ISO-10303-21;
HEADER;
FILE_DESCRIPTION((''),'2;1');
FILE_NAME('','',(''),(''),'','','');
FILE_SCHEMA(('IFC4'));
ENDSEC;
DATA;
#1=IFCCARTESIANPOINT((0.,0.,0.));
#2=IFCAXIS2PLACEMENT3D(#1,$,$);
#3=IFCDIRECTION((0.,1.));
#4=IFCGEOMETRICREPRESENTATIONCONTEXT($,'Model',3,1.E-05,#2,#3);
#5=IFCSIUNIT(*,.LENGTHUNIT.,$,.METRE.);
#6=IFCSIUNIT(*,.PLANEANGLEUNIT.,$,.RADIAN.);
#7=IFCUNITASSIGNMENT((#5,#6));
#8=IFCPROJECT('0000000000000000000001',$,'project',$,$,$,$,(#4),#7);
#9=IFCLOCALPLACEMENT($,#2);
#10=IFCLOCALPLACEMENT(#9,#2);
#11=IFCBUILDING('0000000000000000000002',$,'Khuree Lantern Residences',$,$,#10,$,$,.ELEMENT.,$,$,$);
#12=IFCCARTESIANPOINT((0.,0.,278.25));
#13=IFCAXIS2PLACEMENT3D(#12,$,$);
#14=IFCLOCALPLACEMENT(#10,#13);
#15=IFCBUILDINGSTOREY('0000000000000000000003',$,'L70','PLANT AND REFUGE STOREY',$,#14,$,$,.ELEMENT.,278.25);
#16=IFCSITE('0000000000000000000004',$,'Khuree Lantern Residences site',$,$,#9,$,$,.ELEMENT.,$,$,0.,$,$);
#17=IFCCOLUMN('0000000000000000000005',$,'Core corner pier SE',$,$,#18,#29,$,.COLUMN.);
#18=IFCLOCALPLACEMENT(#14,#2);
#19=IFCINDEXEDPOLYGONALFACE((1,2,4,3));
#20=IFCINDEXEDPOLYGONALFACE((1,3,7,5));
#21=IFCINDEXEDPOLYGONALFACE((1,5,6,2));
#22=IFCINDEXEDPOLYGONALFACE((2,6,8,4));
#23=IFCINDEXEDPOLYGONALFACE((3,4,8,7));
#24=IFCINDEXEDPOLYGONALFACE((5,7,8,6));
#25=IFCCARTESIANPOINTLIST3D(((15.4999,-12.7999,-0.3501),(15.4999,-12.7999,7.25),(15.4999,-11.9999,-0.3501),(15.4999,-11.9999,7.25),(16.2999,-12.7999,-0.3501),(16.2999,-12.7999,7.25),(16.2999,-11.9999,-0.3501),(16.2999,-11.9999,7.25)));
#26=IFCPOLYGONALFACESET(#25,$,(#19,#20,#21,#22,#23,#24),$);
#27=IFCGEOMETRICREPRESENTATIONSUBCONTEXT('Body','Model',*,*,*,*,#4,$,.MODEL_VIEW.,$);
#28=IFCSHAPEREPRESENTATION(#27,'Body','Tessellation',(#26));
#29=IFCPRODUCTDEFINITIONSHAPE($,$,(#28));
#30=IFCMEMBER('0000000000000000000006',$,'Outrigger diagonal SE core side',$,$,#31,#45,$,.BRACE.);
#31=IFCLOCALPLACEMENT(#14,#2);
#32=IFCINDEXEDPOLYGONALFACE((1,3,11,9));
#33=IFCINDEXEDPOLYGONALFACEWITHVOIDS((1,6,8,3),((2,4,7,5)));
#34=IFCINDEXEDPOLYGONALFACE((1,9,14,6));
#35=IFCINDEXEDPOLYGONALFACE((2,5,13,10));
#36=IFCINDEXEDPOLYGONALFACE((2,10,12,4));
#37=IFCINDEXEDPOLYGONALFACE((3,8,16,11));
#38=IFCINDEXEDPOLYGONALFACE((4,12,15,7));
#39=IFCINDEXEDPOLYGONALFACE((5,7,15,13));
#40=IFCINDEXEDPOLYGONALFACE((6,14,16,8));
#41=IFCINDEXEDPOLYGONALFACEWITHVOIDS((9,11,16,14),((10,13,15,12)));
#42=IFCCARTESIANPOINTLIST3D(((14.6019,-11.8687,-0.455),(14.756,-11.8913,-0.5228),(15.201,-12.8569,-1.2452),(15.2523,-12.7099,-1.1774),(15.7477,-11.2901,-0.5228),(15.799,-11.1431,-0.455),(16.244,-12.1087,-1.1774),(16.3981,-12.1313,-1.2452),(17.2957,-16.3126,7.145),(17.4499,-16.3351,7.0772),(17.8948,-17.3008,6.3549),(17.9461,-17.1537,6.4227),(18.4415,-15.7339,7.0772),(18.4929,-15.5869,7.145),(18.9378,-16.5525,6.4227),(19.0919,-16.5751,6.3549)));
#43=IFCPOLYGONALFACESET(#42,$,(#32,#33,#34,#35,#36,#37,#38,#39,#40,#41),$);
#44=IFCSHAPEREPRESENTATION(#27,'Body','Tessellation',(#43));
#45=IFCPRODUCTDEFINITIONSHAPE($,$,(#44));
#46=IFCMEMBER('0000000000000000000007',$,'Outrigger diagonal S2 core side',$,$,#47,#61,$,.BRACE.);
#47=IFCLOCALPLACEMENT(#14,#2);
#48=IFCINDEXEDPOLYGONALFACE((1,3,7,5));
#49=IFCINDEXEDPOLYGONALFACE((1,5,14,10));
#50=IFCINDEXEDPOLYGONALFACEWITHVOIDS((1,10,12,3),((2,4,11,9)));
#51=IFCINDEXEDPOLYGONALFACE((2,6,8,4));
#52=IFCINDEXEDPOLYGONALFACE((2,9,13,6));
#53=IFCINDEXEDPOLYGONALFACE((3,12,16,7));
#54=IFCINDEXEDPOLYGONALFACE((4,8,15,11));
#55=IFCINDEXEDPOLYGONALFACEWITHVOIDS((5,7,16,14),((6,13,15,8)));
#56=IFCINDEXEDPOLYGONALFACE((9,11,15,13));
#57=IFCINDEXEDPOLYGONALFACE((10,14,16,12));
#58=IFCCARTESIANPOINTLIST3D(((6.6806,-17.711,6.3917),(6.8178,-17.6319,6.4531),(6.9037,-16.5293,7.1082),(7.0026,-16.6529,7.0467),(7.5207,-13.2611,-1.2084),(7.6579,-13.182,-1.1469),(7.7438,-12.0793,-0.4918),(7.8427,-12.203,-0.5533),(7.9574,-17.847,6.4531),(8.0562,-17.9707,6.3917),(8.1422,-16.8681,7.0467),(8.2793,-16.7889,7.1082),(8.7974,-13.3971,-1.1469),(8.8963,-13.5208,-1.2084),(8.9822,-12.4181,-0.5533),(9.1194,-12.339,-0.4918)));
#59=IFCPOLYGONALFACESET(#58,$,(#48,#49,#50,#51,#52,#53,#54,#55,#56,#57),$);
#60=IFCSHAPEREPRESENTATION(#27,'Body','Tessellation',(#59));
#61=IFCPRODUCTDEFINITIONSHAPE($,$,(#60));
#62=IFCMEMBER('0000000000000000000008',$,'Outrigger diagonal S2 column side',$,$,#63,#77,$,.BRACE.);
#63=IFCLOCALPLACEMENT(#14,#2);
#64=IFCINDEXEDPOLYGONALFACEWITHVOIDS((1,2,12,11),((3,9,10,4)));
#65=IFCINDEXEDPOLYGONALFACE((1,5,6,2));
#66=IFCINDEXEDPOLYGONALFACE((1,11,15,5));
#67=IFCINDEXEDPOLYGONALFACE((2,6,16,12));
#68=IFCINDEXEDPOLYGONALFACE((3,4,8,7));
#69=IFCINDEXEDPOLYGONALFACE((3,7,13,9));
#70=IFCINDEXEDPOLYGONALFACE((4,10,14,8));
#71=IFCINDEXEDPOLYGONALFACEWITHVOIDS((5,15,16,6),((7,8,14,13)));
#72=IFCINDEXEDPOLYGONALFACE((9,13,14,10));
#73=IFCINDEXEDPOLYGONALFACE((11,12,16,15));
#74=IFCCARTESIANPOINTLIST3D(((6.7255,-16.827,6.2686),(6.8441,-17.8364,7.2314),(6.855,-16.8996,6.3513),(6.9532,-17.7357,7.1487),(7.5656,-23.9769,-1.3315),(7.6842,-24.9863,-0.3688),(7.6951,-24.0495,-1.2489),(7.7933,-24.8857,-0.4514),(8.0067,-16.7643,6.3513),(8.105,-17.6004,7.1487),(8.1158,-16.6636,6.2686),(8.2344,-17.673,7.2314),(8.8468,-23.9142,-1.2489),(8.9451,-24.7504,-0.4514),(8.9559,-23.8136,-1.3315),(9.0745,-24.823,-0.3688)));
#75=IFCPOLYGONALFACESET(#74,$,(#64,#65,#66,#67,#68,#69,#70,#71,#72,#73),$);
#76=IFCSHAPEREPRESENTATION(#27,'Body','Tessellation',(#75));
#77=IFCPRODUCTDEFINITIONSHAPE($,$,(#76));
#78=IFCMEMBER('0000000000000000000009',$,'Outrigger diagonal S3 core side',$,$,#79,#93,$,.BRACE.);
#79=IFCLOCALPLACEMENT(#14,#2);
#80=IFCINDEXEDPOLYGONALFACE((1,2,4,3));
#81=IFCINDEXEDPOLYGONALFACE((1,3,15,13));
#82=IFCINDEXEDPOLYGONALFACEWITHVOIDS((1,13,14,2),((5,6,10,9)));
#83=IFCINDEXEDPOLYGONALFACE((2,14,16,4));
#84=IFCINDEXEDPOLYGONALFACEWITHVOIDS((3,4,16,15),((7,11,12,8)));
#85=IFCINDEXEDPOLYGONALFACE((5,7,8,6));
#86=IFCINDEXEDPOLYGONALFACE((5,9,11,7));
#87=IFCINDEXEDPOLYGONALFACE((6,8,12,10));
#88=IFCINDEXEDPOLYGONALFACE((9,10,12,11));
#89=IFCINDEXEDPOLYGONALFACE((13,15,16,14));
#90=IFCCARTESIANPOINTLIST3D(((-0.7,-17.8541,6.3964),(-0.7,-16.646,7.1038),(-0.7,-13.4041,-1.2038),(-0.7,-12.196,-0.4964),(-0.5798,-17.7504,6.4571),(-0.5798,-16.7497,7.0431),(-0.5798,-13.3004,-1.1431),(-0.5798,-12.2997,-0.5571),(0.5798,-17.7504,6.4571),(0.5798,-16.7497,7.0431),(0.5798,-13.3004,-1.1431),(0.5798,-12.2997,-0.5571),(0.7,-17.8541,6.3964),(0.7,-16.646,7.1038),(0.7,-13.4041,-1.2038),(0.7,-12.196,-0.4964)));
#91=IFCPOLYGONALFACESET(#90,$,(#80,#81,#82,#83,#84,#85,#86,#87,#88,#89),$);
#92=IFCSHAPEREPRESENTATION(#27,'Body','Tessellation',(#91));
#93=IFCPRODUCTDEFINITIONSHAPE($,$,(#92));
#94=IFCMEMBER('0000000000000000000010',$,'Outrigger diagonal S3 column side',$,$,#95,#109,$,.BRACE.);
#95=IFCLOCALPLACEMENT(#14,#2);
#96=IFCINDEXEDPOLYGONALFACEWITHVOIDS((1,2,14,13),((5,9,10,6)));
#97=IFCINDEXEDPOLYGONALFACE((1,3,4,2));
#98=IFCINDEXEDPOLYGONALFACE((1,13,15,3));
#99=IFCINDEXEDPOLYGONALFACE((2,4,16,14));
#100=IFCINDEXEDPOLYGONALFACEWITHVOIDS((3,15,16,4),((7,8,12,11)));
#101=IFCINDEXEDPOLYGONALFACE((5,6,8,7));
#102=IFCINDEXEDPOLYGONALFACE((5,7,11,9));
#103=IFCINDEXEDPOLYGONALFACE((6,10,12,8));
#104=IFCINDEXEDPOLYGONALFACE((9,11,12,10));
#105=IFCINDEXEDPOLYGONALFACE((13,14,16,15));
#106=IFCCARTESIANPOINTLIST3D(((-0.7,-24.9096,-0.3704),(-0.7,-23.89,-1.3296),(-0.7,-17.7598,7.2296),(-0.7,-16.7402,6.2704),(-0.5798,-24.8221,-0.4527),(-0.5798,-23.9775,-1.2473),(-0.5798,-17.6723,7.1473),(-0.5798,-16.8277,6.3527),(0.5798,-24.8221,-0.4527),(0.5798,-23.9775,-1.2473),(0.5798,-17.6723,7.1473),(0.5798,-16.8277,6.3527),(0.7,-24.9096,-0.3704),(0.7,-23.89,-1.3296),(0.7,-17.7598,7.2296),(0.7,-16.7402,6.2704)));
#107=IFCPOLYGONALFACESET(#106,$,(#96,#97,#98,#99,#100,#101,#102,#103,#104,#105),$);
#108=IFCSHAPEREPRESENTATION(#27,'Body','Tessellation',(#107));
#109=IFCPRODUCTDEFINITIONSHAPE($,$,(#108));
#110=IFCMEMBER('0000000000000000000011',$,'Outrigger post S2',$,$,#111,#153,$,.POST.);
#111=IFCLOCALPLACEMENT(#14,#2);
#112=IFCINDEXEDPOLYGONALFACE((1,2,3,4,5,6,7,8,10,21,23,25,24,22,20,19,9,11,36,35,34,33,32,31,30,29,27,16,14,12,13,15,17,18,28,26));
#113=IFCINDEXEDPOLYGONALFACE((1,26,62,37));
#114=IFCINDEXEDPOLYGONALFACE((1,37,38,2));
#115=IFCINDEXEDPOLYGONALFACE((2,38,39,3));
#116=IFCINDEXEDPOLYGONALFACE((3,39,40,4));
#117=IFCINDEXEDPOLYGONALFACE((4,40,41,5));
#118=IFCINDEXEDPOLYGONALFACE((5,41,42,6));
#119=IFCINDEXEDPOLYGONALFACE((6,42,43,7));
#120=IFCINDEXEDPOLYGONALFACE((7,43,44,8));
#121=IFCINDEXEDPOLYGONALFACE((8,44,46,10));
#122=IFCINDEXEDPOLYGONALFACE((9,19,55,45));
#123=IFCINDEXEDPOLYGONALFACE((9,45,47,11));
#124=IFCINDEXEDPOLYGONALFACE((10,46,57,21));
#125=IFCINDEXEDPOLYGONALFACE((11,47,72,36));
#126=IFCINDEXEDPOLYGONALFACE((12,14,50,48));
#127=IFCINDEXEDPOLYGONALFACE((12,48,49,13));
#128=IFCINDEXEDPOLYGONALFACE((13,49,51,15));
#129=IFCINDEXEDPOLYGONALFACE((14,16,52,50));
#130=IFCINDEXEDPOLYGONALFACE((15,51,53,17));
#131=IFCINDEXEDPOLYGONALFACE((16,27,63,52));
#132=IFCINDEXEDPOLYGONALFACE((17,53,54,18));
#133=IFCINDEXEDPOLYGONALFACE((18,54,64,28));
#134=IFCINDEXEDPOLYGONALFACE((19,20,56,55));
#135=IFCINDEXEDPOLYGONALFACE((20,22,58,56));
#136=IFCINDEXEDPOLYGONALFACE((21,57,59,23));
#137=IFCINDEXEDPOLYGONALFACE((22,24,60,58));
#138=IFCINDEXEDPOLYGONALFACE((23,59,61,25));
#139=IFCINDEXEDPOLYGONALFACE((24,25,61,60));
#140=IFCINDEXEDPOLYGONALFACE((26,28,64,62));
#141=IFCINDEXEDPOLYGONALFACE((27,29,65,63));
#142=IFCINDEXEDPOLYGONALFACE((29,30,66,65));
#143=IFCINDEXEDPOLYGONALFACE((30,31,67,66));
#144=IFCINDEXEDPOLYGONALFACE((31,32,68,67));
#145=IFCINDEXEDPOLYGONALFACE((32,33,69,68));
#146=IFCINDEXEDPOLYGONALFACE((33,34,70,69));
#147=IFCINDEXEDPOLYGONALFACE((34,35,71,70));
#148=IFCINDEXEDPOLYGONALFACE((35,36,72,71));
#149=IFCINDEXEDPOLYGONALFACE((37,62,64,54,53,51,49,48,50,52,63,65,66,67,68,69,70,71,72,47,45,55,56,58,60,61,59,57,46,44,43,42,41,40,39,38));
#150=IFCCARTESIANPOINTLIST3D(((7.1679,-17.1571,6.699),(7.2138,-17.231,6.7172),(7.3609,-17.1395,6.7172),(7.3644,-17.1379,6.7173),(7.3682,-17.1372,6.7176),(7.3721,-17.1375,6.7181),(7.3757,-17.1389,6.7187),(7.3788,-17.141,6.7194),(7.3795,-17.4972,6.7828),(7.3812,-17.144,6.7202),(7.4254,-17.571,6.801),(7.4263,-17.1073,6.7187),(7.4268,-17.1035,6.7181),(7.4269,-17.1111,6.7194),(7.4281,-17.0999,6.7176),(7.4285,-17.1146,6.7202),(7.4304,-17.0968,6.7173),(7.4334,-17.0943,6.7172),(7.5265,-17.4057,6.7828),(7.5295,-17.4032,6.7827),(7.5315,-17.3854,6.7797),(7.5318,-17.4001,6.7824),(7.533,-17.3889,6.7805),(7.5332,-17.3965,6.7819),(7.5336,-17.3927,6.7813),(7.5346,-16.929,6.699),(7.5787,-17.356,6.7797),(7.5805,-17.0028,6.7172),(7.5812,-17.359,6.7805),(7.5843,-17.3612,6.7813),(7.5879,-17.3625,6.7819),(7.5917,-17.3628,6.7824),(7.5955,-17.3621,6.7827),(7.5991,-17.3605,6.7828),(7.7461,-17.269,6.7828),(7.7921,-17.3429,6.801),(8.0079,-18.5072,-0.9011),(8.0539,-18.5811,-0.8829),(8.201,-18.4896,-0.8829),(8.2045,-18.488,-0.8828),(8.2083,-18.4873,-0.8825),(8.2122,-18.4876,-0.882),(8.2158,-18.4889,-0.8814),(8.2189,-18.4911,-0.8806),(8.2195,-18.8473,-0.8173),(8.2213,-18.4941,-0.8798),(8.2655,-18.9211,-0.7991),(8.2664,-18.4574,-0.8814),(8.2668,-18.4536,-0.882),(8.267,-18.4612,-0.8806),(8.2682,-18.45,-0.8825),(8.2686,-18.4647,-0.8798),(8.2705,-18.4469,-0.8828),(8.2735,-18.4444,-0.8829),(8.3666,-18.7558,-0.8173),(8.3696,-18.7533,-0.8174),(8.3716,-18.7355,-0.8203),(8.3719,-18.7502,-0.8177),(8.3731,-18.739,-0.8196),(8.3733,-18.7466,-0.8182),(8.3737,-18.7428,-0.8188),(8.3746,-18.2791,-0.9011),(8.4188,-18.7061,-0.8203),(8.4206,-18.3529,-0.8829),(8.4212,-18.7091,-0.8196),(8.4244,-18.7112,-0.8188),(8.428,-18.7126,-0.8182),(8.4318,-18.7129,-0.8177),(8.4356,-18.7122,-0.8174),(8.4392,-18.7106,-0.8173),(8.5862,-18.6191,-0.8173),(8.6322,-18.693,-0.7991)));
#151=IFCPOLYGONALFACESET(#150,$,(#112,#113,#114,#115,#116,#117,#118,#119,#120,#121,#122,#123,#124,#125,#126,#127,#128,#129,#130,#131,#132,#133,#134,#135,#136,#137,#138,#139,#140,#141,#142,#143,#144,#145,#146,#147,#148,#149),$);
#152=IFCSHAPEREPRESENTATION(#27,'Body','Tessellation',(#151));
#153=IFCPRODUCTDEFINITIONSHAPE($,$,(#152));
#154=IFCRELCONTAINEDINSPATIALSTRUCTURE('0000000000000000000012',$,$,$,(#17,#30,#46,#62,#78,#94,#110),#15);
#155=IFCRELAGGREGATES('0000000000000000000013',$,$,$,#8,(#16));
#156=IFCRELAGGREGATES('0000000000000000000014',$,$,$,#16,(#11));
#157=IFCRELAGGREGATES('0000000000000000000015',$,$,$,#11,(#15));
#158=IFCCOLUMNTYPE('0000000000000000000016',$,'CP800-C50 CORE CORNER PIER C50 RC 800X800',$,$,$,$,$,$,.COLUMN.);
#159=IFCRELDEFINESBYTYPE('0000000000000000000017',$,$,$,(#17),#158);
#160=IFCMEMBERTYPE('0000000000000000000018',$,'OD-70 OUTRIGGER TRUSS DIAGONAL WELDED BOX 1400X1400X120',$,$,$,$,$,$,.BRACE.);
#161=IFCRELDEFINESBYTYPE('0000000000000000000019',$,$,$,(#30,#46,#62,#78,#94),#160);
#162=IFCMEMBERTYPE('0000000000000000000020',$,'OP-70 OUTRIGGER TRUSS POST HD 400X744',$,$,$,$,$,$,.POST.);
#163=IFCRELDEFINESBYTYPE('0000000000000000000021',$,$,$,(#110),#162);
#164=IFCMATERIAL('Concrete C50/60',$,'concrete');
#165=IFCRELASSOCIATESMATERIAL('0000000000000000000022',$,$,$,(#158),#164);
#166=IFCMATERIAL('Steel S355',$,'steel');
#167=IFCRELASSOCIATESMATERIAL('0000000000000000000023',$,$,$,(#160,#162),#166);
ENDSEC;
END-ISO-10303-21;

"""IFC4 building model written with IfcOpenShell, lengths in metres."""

from ifc_helpers import new_model, si_unit, direction, frame, origin, origin_2d, place, context, subcontext, project, spatial, rectangle, hollow_rectangle, i_section, extrude, material, material_profile, profile_set, type_object, element, save


model = new_model("IFC4")

# Units and contexts
model_context = context("Model", 3, precision=1e-05, world=origin(), true_north=direction((0.0, 1.0)))
body_context = subcontext(model_context, "Body", "Model", "MODEL_VIEW")
ifc_project = project(units=[si_unit("LENGTHUNIT", "METRE"), si_unit("PLANEANGLEUNIT", "RADIAN")], contexts=[model_context])

# Site, building, storey
site_placement = place(None, origin())
site = spatial("IfcSite", under=ifc_project, at=site_placement, Name="Khuree Lantern Residences site", CompositionType="ELEMENT", RefElevation=0.0)
building_placement = place(site_placement, origin())
building = spatial("IfcBuilding", under=site, at=building_placement, Name="Khuree Lantern Residences", CompositionType="ELEMENT")
storey_placement = place(building_placement, frame((0.0, 0.0, 278.25)))
storey = spatial("IfcBuildingStorey", under=building, at=storey_placement, Name="L70", Description="PLANT AND REFUGE STOREY", CompositionType="ELEMENT", Elevation=278.25)

# Column
ifc_material_1 = material(Name="Concrete C50/60", Category="concrete")
ifc_material_profile_1 = material_profile(ifc_material_1, rectangle(XDim=0.8, YDim=0.8, at=origin_2d()), Name="RC 800X800")
ifc_profile_set_1 = profile_set([ifc_material_profile_1], Name="Concrete C50/60")
column_type = type_object("IfcColumnType", Name="CP800-C50 CORE CORNER PIER C50 RC 800X800", PredefinedType="COLUMN", material=ifc_profile_set_1)
column_placement = place(storey_placement, frame((15.8999, -12.3999, -0.3501), z_axis=(0.0, 0.0, 1.0), x_axis=(1.0, 0.0, 0.0)))
element("IfcColumn", 1, at=column_placement, inside=storey, type_object=column_type, Name="Core corner pier SE", PredefinedType="COLUMN", context=body_context, shape_type="SweptSolid", body=[
    extrude(rectangle(XDim=0.8, YDim=0.8, at=origin_2d()), origin(), (0.0, 0.0, 1.0), 7.6001),
])

# Members
ifc_material_2 = material(Name="Steel S355", Category="steel")
ifc_material_profile_2 = material_profile(ifc_material_2, hollow_rectangle(XDim=1.3999, YDim=1.3999, WallThickness=0.1201, at=origin_2d()), Name="WELDED BOX 1400X1400X120")
ifc_profile_set_2 = profile_set([ifc_material_profile_2], Name="Steel S355")
member_type_1 = type_object("IfcMemberType", Name="OD-70 OUTRIGGER TRUSS DIAGONAL WELDED BOX 1400X1400X120", PredefinedType="BRACE", material=ifc_profile_set_2)
member_1_placement = place(storey_placement, frame((15.5, -12.0, -0.8501), z_axis=(0.292592, -0.482668, 0.825483), x_axis=(0.855146, 0.518387, 0.0)))
element("IfcMember", 2, at=member_1_placement, inside=storey, type_object=member_type_1, Name="Outrigger diagonal SE core side", PredefinedType="BRACE", context=body_context, shape_type="SweptSolid", body=[
    extrude(hollow_rectangle(XDim=1.3999, YDim=1.3999, WallThickness=0.1201, at=origin_2d()), origin(), (0.0, 0.0, 1.0), 9.2068),
])
member_2_placement = place(storey_placement, frame((8.3201, -12.8, -0.8501), z_axis=(-0.094957, -0.50299, 0.85906), x_axis=(0.982643, -0.185509, 0.0)))
element("IfcMember", 3, at=member_2_placement, inside=storey, type_object=member_type_1, Name="Outrigger diagonal S2 core side", PredefinedType="BRACE", context=body_context, shape_type="SweptSolid", body=[
    extrude(hollow_rectangle(XDim=1.3999, YDim=1.3999, WallThickness=0.1201, at=origin_2d()), origin(), (0.0, 0.0, 1.0), 8.8469),
])
member_3_placement = place(storey_placement, frame((7.48, -17.25, 6.75), z_axis=(0.08025, -0.682996, -0.726001), x_axis=(0.993168, 0.116694, 0.0)))
element("IfcMember", 4, at=member_3_placement, inside=storey, type_object=member_type_1, Name="Outrigger diagonal S2 column side", PredefinedType="BRACE", context=body_context, shape_type="SweptSolid", body=[
    extrude(hollow_rectangle(XDim=1.3999, YDim=1.3999, WallThickness=0.1201, at=origin_2d()), origin(), (0.0, 0.0, 1.0), 10.4685),
])
member_4_placement = place(storey_placement, frame((0.0, -12.8, -0.8501), z_axis=(0.0, -0.505273, 0.862959), x_axis=(1.0, 0.0, 0.0)))
element("IfcMember", 5, at=member_4_placement, inside=storey, type_object=member_type_1, Name="Outrigger diagonal S3 core side", PredefinedType="BRACE", context=body_context, shape_type="SweptSolid", body=[
    extrude(hollow_rectangle(XDim=1.3999, YDim=1.3999, WallThickness=0.1201, at=origin_2d()), origin(), (0.0, 0.0, 1.0), 8.8071),
])
member_5_placement = place(storey_placement, frame((0.0, -17.25, 6.75), z_axis=(0.0, -0.685206, -0.72835), x_axis=(1.0, 0.0, 0.0)))
element("IfcMember", 6, at=member_5_placement, inside=storey, type_object=member_type_1, Name="Outrigger diagonal S3 column side", PredefinedType="BRACE", context=body_context, shape_type="SweptSolid", body=[
    extrude(hollow_rectangle(XDim=1.3999, YDim=1.3999, WallThickness=0.1201, at=origin_2d()), origin(), (0.0, 0.0, 1.0), 10.4346),
])
ifc_material_profile_3 = material_profile(ifc_material_2, i_section(OverallWidth=0.4319, OverallDepth=0.498, WebThickness=0.0557, FlangeThickness=0.0889, FilletRadius=0.0149, at=origin_2d()), Name="HD 400X744")
ifc_profile_set_3 = profile_set([ifc_material_profile_3], Name="Steel S355")
member_type_2 = type_object("IfcMemberType", Name="OP-70 OUTRIGGER TRUSS POST HD 400X744", PredefinedType="POST", material=ifc_profile_set_3)
member_6_placement = place(storey_placement, frame((8.3201, -18.6001, -0.8501), z_axis=(-0.108194, 0.173877, 0.978806), x_axis=(-0.849049, -0.528314, 0.0)))
element("IfcMember", 7, at=member_6_placement, inside=storey, type_object=member_type_2, Name="Outrigger post S2", PredefinedType="POST", context=body_context, shape_type="SweptSolid", body=[
    extrude(i_section(OverallWidth=0.4319, OverallDepth=0.498, WebThickness=0.0557, FlangeThickness=0.0889, FilletRadius=0.0149, at=origin_2d()), origin(), (0.0, 0.0, 1.0), 7.7646),
])

save(model, "model.ifc")
